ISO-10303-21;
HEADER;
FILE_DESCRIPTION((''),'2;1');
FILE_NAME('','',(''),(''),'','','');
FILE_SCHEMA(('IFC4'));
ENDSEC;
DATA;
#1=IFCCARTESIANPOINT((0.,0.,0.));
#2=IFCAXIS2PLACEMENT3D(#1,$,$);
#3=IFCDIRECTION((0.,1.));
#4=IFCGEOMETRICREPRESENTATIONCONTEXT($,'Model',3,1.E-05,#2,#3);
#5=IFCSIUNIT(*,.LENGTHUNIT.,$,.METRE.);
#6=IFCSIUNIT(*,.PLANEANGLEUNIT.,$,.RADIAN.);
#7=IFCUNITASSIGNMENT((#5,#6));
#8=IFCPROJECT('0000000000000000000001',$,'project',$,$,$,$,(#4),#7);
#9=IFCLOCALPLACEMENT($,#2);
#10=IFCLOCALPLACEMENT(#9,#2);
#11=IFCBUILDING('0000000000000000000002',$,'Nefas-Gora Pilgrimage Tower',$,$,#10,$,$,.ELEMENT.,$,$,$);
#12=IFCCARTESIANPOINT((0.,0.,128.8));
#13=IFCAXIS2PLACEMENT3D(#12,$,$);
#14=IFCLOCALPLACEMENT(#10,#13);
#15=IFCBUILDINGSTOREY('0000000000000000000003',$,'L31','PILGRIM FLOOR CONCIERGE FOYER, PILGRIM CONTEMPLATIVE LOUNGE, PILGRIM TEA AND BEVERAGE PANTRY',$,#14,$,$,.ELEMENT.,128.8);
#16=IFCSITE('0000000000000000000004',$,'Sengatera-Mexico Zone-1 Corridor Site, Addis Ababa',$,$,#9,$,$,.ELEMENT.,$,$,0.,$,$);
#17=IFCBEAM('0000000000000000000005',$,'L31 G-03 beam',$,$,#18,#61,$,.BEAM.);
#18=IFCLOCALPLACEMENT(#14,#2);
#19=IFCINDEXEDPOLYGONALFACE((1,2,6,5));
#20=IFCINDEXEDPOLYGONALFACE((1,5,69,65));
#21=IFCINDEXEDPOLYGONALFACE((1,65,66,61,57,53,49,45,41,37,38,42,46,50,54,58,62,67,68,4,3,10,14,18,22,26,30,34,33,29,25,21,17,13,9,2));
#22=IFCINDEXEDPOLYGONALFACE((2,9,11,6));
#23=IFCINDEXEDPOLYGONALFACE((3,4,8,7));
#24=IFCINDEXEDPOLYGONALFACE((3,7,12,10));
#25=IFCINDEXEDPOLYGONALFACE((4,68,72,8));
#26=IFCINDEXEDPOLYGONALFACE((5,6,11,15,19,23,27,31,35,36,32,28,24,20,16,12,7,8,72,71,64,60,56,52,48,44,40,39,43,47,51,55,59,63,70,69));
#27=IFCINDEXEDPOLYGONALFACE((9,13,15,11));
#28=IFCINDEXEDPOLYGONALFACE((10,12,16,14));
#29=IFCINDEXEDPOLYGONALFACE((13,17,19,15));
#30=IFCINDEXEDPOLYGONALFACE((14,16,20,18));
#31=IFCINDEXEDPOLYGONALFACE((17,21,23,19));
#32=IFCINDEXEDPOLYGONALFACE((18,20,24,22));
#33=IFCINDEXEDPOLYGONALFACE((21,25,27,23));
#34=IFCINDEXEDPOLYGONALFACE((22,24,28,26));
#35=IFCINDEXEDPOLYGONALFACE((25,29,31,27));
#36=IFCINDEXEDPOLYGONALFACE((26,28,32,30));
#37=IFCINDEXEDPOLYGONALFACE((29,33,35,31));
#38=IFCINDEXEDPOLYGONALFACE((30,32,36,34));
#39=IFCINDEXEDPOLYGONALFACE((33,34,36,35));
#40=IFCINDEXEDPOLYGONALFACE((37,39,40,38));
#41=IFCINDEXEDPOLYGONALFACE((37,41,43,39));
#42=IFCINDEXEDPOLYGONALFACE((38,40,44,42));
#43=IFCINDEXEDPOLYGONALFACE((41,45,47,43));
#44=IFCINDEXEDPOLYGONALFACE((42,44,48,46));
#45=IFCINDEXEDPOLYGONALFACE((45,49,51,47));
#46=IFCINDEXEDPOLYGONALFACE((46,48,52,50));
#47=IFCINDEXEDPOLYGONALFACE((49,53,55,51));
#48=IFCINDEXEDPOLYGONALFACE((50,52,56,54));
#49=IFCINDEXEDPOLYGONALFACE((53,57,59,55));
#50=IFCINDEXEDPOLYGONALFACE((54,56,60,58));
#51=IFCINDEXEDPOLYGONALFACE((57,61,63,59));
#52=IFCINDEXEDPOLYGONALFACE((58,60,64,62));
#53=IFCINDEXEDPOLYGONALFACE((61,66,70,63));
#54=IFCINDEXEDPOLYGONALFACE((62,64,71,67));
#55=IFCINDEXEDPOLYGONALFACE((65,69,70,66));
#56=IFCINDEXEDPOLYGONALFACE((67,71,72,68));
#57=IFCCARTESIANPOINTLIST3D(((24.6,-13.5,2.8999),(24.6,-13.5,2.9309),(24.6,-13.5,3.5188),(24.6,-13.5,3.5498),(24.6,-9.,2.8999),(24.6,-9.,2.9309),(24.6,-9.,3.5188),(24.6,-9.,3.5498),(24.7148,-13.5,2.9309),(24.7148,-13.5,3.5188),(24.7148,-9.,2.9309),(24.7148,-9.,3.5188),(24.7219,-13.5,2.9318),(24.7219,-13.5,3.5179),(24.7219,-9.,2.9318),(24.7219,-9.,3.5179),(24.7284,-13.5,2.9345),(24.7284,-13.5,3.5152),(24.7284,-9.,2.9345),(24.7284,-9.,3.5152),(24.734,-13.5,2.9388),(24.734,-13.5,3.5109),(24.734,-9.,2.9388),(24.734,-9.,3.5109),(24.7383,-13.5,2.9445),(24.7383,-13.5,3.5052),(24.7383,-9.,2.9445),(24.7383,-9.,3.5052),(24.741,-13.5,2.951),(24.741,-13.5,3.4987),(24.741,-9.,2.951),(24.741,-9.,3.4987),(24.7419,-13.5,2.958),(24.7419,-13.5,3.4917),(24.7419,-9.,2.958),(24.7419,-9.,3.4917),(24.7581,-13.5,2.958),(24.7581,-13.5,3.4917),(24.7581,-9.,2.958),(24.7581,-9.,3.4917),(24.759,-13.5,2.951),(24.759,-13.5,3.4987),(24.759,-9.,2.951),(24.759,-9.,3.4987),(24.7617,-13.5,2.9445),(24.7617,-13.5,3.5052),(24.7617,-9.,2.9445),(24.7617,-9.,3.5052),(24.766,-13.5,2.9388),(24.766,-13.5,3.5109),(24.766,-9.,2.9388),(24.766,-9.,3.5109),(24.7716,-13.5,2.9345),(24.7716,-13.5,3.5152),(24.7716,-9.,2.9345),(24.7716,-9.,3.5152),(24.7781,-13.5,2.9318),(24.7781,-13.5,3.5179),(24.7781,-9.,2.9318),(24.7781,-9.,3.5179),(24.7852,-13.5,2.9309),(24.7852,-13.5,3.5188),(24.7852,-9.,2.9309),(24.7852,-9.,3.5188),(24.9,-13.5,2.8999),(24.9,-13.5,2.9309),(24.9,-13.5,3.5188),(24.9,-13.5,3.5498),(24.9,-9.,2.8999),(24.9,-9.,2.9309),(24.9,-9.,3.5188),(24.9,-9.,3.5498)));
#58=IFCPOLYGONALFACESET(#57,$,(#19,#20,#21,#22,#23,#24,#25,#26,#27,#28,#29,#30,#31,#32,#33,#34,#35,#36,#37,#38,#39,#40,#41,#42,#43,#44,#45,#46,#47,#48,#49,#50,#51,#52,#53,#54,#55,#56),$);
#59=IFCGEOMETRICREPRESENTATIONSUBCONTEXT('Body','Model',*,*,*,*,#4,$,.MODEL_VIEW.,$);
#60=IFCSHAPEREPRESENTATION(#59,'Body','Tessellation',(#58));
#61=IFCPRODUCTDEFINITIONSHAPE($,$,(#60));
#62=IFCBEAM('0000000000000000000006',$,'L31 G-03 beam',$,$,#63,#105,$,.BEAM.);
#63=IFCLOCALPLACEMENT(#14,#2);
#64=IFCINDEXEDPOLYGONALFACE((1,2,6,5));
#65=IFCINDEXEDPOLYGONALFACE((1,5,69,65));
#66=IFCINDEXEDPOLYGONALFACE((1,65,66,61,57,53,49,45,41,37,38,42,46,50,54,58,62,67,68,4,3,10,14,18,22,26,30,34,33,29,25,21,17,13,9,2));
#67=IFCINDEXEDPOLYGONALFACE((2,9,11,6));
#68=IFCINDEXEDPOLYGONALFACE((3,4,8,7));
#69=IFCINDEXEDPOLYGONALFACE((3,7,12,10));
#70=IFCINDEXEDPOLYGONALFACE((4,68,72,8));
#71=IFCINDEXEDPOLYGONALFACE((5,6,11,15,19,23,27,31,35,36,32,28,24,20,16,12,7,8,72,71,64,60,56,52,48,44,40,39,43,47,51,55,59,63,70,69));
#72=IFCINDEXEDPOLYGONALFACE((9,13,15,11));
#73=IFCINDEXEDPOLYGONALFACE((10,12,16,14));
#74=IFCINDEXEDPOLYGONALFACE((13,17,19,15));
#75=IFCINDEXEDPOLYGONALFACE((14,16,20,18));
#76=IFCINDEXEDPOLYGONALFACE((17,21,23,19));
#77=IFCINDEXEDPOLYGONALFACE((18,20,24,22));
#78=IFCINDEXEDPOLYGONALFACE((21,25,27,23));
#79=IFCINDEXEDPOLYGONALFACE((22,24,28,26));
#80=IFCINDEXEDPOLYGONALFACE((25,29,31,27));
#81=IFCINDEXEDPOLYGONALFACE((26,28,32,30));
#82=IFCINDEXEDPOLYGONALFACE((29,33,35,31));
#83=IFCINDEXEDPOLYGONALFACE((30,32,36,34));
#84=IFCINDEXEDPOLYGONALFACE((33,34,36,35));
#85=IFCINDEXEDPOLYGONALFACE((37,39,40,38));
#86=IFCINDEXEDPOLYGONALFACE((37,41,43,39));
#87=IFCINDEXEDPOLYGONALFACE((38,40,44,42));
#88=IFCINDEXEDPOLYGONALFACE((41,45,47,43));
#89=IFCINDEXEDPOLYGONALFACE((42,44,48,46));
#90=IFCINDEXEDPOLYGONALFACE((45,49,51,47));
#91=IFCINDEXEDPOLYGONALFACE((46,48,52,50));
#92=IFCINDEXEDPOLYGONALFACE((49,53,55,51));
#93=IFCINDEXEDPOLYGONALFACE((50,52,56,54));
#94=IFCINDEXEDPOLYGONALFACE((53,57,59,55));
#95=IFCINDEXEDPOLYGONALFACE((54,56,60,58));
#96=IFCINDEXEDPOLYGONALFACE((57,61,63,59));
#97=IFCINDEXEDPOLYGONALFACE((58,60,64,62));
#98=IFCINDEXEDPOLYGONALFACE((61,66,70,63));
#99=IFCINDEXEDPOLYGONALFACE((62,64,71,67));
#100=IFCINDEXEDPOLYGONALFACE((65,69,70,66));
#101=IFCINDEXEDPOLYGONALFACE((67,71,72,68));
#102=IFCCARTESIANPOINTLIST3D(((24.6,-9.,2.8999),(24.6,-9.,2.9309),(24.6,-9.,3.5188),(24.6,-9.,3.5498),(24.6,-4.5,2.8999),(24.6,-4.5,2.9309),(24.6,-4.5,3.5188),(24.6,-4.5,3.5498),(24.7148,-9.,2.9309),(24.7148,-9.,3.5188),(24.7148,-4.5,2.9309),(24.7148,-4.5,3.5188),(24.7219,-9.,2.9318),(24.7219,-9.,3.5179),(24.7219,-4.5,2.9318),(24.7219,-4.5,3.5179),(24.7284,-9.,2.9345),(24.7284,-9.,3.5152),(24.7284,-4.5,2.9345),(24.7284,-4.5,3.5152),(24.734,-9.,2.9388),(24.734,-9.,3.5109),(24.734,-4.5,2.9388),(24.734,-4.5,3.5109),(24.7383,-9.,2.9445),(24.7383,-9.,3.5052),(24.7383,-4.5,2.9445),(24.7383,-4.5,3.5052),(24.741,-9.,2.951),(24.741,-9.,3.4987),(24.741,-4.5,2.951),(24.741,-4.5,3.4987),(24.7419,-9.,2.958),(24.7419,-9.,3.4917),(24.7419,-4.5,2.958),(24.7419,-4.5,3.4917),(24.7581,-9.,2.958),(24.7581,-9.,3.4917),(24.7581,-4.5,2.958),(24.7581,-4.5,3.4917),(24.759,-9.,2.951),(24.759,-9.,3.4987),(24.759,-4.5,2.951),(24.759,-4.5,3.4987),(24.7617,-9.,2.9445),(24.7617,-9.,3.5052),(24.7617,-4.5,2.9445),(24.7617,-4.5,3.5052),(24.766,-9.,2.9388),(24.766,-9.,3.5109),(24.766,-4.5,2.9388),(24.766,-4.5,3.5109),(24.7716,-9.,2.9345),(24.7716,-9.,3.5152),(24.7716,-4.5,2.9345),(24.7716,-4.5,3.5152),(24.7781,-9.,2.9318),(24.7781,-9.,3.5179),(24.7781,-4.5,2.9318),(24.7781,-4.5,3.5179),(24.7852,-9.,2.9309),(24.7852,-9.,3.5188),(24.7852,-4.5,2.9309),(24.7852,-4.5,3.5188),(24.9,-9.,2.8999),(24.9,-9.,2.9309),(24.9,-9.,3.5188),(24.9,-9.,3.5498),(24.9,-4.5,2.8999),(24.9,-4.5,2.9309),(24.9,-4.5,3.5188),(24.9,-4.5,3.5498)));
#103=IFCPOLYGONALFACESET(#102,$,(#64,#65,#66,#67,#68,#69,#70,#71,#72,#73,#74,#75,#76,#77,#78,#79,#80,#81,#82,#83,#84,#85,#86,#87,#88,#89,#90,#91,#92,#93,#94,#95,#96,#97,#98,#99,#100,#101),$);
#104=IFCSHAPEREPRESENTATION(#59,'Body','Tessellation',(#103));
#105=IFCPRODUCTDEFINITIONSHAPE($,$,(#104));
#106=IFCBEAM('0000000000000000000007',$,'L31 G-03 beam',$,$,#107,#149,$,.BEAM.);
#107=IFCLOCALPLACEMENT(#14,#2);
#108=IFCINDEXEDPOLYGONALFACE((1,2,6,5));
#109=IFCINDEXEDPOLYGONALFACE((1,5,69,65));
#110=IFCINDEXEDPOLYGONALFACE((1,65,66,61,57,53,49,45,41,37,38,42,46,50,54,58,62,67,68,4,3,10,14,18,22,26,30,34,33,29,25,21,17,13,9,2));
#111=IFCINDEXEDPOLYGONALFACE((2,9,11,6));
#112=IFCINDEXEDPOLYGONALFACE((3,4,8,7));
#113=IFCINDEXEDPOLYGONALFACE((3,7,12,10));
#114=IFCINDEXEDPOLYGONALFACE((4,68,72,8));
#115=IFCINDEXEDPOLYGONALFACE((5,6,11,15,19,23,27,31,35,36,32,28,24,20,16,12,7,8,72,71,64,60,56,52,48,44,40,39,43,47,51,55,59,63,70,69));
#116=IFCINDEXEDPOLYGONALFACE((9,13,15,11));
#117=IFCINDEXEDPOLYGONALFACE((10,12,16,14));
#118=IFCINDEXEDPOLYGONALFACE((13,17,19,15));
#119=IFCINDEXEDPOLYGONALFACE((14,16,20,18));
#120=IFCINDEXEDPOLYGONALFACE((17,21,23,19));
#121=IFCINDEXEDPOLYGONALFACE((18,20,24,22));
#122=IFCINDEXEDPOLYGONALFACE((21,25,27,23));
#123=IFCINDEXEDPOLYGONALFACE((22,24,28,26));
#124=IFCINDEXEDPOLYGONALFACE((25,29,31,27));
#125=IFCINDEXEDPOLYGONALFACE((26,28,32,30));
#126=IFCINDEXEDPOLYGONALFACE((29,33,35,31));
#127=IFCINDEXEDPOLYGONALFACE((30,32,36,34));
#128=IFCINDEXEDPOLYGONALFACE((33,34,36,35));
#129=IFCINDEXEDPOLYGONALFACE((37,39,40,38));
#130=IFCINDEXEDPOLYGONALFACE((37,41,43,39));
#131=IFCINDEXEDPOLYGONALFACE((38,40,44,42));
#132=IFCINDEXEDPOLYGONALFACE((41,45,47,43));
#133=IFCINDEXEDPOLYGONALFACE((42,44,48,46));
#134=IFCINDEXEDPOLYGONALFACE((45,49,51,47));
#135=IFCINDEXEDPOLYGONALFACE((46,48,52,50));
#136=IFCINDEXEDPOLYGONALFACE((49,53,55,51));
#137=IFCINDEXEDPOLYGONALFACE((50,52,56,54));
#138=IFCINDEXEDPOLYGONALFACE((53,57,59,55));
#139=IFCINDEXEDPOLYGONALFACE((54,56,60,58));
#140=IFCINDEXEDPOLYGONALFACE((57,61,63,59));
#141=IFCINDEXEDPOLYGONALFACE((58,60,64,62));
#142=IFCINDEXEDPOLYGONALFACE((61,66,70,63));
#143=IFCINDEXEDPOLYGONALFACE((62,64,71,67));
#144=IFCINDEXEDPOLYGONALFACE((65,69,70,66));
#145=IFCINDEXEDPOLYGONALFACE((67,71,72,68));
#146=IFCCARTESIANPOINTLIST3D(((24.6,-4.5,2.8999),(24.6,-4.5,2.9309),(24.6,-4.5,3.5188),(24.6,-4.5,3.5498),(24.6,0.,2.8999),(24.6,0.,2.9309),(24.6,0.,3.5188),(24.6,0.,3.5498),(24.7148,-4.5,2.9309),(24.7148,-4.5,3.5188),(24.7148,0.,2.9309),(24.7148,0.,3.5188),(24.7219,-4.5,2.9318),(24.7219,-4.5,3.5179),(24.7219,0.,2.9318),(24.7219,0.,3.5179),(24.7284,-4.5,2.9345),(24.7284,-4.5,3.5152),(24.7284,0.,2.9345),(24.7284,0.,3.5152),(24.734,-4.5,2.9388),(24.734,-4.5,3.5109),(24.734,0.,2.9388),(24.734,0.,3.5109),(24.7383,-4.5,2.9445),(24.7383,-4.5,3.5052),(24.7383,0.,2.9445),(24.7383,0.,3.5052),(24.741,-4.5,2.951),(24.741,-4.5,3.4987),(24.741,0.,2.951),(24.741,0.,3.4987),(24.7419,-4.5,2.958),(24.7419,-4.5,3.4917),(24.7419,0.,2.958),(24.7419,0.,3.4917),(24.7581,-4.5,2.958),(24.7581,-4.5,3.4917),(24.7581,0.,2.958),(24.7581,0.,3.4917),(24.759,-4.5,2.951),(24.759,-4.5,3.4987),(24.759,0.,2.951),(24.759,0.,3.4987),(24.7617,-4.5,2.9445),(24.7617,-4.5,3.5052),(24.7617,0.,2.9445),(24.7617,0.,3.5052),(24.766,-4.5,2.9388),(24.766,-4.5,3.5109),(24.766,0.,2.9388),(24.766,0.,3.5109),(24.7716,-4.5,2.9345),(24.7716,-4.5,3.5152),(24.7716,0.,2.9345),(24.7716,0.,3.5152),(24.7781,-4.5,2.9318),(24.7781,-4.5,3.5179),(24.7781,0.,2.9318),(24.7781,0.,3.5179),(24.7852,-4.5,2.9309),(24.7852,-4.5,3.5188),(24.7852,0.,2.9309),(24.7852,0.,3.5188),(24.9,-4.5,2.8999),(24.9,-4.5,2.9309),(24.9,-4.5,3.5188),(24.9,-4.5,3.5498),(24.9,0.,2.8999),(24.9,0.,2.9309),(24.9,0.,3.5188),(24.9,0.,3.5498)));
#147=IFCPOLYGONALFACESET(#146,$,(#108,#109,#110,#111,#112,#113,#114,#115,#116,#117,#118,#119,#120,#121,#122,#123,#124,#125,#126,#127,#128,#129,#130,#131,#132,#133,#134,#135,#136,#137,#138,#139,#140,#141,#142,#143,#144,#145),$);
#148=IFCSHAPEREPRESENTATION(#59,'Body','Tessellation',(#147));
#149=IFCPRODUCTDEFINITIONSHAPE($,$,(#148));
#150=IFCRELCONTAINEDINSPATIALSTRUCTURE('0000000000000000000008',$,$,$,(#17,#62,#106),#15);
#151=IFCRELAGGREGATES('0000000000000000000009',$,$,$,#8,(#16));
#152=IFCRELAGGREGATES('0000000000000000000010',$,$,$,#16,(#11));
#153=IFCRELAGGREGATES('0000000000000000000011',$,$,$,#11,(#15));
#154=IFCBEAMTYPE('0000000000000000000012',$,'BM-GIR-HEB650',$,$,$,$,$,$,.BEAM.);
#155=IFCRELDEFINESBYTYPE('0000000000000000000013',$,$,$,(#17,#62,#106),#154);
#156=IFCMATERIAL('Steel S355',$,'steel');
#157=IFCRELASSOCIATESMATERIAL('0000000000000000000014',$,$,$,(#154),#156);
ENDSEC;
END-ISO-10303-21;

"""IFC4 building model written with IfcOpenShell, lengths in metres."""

from ifc_helpers import new_model, si_unit, direction, frame, origin, origin_2d, place, context, subcontext, project, spatial, i_section, extrude, source, transform, mapped, material, material_profile, profile_set, type_object, element, save


model = new_model("IFC4")

# Units and contexts
model_context = context("Model", 3, precision=1e-05, world=origin(), true_north=direction((0.0, 1.0)))
body_context = subcontext(model_context, "Body", "Model", "MODEL_VIEW")
ifc_project = project(units=[si_unit("LENGTHUNIT", "METRE"), si_unit("PLANEANGLEUNIT", "RADIAN")], contexts=[model_context])

# Site, building, storey
site_placement = place(None, origin())
site = spatial("IfcSite", under=ifc_project, at=site_placement, Name="Sengatera-Mexico Zone-1 Corridor Site, Addis Ababa", CompositionType="ELEMENT", RefElevation=0.0)
building_placement = place(site_placement, origin())
building = spatial("IfcBuilding", under=site, at=building_placement, Name="Nefas-Gora Pilgrimage Tower", CompositionType="ELEMENT")
storey_placement = place(building_placement, frame((0.0, 0.0, 128.8)))
storey = spatial("IfcBuildingStorey", under=building, at=storey_placement, Name="L31", Description="PILGRIM FLOOR CONCIERGE FOYER, PILGRIM CONTEMPLATIVE LOUNGE, PILGRIM TEA AND BEVERAGE PANTRY", CompositionType="ELEMENT", Elevation=128.8)

# Beams
ifc_material_1 = material(Name="Steel S355", Category="steel")
ifc_material_profile_1 = material_profile(ifc_material_1, i_section(OverallWidth=0.3, OverallDepth=0.6499, WebThickness=0.0161, FlangeThickness=0.031, FilletRadius=0.0271, at=origin_2d()), Name="HEB 650")
ifc_profile_set_1 = profile_set([ifc_material_profile_1], Name="Steel S355")
beam_type_1 = type_object("IfcBeamType", Name="BM-GIR-HEB650", PredefinedType="BEAM", material=ifc_profile_set_1)
shared_shape_1 = source(origin(), body_context, "Body", "SweptSolid", [
    extrude(i_section(OverallWidth=0.3, OverallDepth=0.6499, WebThickness=0.0161, FlangeThickness=0.031, FilletRadius=0.0271, at=origin_2d()), origin(), (0.0, 0.0, 1.0), 4.5),
])
for number, where, z_axis, x_axis, name in (
    (1, (24.75, -13.5, 3.2249), (0.0, 1.0, 0.0), (-1.0, 0.0, 0.0), "L31 G-03 beam"),
    (2, (24.75, -9.0, 3.2249), (0.0, 1.0, 0.0), (-1.0, 0.0, 0.0), "L31 G-03 beam"),
    (3, (24.75, -4.5, 3.2249), (0.0, 1.0, 0.0), (-1.0, 0.0, 0.0), "L31 G-03 beam"),
):
    element("IfcBeam", number, at=place(storey_placement, frame(where, z_axis=z_axis, x_axis=x_axis)), inside=storey, type_object=beam_type_1, Name=name, PredefinedType="BEAM", context=body_context, shape_type="MappedRepresentation", body=[
        mapped(shared_shape_1, transform((0.0, 0.0, 0.0), x_axis=(1.0, 0.0, 0.0), y_axis=(0.0, 1.0, 0.0), z_axis=(0.0, 0.0, 1.0), scale=1.0)),
    ])

save(model, "model.ifc")
